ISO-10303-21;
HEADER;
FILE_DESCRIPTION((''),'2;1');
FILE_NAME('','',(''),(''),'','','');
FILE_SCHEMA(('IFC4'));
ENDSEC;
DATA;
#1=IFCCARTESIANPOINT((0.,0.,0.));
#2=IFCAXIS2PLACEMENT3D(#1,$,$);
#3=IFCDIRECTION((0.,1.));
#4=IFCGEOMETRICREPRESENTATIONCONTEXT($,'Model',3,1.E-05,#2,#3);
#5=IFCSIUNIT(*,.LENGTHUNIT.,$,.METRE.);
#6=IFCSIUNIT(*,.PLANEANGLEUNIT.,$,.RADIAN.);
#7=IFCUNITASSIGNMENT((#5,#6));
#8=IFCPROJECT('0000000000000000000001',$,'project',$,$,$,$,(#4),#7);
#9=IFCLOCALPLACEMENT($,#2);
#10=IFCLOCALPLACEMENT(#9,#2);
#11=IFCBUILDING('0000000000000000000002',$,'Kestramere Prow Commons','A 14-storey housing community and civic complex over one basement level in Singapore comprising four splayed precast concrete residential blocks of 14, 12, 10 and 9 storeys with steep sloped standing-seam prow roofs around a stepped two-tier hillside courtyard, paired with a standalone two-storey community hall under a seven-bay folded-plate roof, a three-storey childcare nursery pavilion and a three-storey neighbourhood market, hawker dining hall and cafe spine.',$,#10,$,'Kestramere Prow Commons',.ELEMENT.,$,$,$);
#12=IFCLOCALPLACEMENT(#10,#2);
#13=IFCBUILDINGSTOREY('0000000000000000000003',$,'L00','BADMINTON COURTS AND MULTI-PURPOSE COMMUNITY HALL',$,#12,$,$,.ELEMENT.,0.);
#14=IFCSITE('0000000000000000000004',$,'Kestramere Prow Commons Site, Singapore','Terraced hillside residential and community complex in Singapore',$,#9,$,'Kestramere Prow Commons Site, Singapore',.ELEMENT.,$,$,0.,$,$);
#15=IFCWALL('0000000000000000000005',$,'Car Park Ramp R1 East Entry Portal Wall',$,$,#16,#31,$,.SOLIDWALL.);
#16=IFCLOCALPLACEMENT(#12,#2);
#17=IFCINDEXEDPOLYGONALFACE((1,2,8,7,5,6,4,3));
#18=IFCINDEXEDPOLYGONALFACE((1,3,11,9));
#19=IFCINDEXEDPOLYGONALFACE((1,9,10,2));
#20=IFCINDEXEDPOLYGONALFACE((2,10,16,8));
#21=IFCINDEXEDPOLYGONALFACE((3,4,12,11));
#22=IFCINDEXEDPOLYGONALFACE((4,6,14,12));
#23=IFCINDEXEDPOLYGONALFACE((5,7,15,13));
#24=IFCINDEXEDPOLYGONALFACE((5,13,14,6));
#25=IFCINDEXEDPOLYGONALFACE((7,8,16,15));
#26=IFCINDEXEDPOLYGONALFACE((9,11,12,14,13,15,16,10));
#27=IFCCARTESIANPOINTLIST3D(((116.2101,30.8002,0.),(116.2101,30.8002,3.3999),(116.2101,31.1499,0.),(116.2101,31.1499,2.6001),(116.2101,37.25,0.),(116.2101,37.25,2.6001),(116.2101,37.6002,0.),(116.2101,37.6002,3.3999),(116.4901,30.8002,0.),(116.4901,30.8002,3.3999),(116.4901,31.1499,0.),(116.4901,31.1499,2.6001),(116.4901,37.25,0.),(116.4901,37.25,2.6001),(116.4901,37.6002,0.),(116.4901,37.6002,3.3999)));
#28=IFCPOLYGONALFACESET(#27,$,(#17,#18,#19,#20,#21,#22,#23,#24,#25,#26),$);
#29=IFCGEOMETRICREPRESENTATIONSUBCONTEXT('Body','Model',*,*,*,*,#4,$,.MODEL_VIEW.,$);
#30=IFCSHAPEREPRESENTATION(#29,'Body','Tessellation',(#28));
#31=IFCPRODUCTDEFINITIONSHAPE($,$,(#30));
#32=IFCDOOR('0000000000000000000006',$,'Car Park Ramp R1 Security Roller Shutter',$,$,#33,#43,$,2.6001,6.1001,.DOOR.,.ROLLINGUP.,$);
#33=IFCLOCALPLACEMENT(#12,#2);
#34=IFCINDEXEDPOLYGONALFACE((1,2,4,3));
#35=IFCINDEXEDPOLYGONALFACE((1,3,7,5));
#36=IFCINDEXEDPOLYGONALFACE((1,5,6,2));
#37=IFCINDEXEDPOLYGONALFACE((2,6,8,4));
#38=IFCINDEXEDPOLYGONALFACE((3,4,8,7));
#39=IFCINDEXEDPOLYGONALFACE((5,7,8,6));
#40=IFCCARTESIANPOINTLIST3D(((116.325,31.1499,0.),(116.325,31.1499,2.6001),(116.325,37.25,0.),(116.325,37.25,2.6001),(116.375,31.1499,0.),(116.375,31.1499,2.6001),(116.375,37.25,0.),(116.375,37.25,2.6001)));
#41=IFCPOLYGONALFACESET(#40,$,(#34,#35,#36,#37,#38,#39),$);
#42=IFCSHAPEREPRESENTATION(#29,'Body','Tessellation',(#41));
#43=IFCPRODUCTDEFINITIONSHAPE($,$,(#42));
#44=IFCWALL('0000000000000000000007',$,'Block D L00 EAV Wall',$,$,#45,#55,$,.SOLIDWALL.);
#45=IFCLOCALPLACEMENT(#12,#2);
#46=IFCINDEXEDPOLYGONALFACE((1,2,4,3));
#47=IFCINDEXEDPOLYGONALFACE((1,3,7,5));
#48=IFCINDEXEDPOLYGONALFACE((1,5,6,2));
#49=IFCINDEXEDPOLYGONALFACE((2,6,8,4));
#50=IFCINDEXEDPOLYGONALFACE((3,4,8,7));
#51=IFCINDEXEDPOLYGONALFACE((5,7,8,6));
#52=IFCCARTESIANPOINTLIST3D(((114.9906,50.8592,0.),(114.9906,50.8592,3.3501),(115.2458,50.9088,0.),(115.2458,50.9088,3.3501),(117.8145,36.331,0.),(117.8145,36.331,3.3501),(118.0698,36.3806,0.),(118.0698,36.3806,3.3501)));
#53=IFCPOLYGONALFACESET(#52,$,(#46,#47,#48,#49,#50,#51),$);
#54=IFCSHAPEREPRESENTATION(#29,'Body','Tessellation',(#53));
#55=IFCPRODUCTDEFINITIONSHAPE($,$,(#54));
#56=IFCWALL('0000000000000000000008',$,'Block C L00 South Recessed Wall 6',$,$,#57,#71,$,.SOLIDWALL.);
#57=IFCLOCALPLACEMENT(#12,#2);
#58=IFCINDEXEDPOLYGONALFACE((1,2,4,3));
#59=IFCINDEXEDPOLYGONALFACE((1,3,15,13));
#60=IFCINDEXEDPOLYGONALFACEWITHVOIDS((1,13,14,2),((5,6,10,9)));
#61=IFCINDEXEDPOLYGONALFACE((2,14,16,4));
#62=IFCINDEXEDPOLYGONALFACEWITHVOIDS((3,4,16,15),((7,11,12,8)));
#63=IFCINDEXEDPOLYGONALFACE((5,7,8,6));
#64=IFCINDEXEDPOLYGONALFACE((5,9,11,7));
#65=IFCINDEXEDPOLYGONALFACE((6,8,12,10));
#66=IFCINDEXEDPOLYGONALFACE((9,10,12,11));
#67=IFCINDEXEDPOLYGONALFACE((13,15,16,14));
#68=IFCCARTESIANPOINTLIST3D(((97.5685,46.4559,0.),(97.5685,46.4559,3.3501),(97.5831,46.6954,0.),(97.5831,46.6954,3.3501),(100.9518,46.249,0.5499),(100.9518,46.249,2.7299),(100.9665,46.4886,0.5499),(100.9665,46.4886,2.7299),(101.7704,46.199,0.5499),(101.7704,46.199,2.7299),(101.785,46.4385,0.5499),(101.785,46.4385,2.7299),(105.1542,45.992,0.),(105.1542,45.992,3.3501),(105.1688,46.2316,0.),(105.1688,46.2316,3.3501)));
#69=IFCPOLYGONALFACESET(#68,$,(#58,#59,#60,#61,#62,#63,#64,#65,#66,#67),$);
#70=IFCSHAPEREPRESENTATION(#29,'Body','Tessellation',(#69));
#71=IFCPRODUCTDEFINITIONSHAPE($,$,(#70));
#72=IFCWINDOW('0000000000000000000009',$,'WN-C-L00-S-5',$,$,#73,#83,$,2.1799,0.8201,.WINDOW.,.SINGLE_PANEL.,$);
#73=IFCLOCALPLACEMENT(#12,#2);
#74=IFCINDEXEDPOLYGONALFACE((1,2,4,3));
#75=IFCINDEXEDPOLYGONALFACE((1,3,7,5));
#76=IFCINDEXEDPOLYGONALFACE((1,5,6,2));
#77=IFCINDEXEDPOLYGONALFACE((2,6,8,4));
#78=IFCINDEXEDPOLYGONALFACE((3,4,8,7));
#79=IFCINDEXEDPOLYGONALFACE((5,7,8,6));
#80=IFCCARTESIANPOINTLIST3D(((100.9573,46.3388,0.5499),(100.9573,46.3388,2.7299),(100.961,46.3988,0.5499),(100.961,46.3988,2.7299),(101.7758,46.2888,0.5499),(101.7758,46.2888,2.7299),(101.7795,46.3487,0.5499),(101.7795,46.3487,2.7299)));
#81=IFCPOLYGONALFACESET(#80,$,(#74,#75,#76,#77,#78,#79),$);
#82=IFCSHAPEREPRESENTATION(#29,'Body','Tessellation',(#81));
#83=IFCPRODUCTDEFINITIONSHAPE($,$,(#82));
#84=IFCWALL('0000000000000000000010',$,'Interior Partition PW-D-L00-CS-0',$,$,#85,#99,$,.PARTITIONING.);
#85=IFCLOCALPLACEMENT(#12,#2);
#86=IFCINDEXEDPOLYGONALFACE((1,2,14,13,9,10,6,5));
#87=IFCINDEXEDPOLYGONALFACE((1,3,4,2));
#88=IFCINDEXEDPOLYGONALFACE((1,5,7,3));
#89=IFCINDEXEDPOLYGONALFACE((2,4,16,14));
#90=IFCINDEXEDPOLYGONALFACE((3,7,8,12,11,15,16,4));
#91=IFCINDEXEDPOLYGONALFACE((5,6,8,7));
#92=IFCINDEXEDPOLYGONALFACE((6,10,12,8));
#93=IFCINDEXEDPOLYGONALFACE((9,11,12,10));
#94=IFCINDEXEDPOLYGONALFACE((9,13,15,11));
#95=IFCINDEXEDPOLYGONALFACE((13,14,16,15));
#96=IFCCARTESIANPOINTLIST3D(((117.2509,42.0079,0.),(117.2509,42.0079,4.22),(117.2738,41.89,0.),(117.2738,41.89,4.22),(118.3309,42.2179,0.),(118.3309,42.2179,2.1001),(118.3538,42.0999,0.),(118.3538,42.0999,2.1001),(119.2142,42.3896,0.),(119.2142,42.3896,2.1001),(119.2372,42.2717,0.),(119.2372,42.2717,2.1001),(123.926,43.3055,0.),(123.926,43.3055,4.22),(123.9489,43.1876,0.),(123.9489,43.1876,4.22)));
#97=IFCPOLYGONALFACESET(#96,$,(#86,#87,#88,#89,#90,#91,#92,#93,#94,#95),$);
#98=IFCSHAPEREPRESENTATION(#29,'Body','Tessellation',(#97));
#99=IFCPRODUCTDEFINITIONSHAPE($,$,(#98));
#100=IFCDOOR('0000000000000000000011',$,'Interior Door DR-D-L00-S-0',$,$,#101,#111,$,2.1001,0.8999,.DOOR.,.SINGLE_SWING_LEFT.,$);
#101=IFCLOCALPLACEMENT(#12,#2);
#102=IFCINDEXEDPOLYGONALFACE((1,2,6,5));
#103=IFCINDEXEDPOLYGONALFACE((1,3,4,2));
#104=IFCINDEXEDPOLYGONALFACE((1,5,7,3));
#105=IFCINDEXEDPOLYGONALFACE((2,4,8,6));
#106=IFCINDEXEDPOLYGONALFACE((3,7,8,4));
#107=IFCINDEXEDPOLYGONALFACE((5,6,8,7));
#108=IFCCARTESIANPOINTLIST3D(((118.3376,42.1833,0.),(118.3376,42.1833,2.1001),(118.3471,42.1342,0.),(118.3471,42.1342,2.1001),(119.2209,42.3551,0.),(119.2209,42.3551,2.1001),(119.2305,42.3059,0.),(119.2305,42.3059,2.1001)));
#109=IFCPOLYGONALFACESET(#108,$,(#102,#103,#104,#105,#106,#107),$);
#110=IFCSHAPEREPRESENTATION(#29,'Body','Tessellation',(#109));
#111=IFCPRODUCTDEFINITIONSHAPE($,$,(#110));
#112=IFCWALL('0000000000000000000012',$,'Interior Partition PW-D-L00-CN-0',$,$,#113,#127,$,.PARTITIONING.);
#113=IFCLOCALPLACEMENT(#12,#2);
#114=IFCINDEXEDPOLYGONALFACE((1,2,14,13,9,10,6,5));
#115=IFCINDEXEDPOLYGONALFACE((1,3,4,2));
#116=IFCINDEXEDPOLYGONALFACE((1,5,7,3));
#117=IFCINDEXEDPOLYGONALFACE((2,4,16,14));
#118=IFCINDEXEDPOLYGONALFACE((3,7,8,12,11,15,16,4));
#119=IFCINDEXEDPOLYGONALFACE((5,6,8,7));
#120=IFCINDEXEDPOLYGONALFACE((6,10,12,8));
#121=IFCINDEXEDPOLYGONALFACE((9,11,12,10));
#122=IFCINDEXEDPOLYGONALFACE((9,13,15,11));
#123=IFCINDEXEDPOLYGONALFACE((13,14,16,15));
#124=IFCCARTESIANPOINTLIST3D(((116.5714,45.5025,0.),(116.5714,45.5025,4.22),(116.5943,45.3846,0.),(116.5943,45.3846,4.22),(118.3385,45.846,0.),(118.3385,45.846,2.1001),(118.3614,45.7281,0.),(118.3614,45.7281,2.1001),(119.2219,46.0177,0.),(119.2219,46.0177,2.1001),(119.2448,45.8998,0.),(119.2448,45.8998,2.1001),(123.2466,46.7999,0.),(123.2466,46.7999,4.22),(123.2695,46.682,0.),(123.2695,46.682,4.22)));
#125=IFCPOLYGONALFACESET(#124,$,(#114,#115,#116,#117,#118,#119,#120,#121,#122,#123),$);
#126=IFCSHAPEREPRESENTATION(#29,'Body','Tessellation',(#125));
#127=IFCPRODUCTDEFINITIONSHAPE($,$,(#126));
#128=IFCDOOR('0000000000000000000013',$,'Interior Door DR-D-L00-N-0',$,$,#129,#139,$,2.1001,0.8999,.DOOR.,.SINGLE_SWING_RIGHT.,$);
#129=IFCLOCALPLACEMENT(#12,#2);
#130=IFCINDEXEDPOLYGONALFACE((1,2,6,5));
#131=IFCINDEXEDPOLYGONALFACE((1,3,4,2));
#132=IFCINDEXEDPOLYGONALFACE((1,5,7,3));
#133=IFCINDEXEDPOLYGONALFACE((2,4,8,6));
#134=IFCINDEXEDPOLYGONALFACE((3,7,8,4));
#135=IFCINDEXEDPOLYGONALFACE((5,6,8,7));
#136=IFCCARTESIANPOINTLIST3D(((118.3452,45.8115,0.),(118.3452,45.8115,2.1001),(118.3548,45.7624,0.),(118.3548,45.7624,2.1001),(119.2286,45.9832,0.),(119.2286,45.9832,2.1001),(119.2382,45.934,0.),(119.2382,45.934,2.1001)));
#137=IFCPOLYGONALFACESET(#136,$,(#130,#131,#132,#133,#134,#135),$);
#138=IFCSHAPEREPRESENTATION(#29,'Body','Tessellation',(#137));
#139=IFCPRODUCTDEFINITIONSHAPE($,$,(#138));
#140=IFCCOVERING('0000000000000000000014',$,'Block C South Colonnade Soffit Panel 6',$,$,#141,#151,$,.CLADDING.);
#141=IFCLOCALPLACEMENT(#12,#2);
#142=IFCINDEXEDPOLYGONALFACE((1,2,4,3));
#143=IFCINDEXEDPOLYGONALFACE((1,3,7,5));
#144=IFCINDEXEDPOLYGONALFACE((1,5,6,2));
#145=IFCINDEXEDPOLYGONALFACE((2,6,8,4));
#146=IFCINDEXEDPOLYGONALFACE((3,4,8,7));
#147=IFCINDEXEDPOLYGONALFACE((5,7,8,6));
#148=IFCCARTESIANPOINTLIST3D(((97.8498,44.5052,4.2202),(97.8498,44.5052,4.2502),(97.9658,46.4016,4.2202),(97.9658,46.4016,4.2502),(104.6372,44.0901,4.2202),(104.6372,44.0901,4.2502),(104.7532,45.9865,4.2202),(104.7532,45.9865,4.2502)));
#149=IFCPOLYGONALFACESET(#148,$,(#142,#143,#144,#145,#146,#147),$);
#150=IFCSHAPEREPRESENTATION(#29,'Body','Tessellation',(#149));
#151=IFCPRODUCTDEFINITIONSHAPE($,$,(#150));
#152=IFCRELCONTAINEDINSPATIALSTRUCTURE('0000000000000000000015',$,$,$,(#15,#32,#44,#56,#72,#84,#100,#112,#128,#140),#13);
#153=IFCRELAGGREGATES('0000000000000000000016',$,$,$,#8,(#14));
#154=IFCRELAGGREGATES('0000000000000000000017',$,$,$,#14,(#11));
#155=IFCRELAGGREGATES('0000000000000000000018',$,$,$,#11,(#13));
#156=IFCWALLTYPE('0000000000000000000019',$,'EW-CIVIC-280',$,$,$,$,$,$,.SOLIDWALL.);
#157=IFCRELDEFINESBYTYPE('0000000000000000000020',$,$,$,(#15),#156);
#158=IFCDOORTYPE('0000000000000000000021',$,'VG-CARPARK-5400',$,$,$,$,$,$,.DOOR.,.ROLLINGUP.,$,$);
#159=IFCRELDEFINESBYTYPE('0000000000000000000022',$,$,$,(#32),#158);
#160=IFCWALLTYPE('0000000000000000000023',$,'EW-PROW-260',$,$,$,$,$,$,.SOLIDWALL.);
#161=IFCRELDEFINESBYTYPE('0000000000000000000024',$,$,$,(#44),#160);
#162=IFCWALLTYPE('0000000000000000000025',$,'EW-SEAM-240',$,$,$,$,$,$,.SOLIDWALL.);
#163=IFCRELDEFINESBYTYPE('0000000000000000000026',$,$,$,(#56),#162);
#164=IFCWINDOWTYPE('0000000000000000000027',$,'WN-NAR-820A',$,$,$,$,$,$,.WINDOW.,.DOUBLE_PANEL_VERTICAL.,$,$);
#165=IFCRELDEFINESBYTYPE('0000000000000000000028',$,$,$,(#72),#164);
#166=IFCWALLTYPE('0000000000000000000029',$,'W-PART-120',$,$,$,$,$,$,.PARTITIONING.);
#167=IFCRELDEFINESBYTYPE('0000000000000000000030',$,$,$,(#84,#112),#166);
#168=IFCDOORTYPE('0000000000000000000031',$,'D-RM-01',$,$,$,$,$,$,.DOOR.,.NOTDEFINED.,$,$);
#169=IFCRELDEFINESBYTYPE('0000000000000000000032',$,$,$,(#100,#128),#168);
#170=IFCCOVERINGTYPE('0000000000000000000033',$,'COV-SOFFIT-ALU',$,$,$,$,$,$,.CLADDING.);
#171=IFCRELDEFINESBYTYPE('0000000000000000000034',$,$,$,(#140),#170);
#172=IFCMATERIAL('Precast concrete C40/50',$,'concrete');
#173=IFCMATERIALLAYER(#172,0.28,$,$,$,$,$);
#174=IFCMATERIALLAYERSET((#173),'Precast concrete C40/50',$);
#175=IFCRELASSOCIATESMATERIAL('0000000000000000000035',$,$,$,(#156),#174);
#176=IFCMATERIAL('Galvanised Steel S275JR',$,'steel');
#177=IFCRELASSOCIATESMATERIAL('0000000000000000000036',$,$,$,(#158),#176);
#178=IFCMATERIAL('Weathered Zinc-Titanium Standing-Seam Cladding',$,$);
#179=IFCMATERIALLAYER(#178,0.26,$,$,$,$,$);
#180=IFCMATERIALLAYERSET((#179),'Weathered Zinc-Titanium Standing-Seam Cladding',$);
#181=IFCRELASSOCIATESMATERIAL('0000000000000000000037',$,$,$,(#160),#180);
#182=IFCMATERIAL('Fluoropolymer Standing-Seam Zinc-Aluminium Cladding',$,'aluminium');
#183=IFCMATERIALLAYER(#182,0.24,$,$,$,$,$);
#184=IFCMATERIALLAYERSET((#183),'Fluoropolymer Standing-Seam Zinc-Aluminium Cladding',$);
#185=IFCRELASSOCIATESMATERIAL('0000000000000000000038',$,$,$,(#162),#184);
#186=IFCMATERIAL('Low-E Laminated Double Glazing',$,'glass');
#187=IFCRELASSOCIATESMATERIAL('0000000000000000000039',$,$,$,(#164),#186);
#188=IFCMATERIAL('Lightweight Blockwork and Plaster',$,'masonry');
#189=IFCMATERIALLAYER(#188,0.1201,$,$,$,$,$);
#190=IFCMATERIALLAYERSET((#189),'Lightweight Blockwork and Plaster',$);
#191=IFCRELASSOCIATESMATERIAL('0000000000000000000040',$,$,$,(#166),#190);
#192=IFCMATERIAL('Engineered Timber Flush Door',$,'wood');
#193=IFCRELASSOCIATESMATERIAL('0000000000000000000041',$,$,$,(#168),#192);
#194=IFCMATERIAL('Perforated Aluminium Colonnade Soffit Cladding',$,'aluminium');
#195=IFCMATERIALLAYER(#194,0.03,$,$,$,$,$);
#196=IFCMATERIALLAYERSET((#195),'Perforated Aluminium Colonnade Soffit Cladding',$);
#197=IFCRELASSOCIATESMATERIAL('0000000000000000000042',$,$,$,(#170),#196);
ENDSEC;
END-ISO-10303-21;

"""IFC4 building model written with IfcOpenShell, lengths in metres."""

from ifc_helpers import new_model, si_unit, direction, frame, frame_2d, origin, origin_2d, place, context, subcontext, project, spatial, rectangle, extrude, material, layer, layer_set, type_object, element, fill, save


model = new_model("IFC4")

# Units and contexts
model_context = context("Model", 3, precision=1e-05, world=origin(), true_north=direction((0.0, 1.0)))
body_context = subcontext(model_context, "Body", "Model", "MODEL_VIEW")
ifc_project = project(units=[si_unit("LENGTHUNIT", "METRE"), si_unit("PLANEANGLEUNIT", "RADIAN")], contexts=[model_context])

# Site, building, storey
site_placement = place(None, origin())
site = spatial("IfcSite", under=ifc_project, at=site_placement, Name="Kestramere Prow Commons Site, Singapore", Description="Terraced hillside residential and community complex in Singapore", LongName="Kestramere Prow Commons Site, Singapore", CompositionType="ELEMENT", RefElevation=0.0)
building_placement = place(site_placement, origin())
building = spatial("IfcBuilding", under=site, at=building_placement, Name="Kestramere Prow Commons", Description="A 14-storey housing community and civic complex over one basement level in Singapore comprising four splayed precast concrete residential blocks of 14, 12, 10 and 9 storeys with steep sloped standing-seam prow roofs around a stepped two-tier hillside courtyard, paired with a standalone two-storey community hall under a seven-bay folded-plate roof, a three-storey childcare nursery pavilion and a three-storey neighbourhood market, hawker dining hall and cafe spine.", LongName="Kestramere Prow Commons", CompositionType="ELEMENT")
storey_placement = place(building_placement, origin())
storey = spatial("IfcBuildingStorey", under=building, at=storey_placement, Name="L00", Description="BADMINTON COURTS AND MULTI-PURPOSE COMMUNITY HALL", CompositionType="ELEMENT", Elevation=0.0)

# Shared definitions
ifc_material_1 = material(Name="Precast concrete C40/50", Category="concrete")

# Wall, opening, door
ifc_layer_1 = layer(ifc_material_1, 0.28)
ifc_layer_set_1 = layer_set([ifc_layer_1], Name="Precast concrete C40/50")
wall_type_1 = type_object("IfcWallType", Name="EW-CIVIC-280", PredefinedType="SOLIDWALL", material=ifc_layer_set_1)
wall_1_placement = place(storey_placement, frame((116.3501, 37.6001, 0.0), z_axis=(0.0, 0.0, 1.0), x_axis=(0.0, -1.0, 0.0)))
wall_1 = element("IfcWall", 1, at=wall_1_placement, inside=storey, type_object=wall_type_1, Name="Car Park Ramp R1 East Entry Portal Wall", PredefinedType="SOLIDWALL", context=body_context, shape_type="SweptSolid", body=[
    extrude(rectangle(XDim=6.8, YDim=0.28, at=frame_2d((3.3999, 0.0))), origin(), (0.0, 0.0, 1.0), 3.3999),
])
opening_1_placement = place(wall_1_placement, frame((0.3501, 0.0, 0.0)))
opening_1 = element("IfcOpeningElement", 2, at=opening_1_placement, cuts=wall_1, PredefinedType="OPENING", context=body_context, shape_type="SweptSolid", body=[
    extrude(rectangle(XDim=6.1001, YDim=2.6001, at=frame_2d((3.05, 1.3))), frame((0.0, 0.155, 0.0), z_axis=(0.0, -1.0, 0.0), x_axis=(1.0, 0.0, 0.0)), (0.0, 0.0, 1.0), 0.3101),
])
ifc_material_2 = material(Name="Galvanised Steel S275JR", Category="steel")
door_type_1 = type_object("IfcDoorType", Name="VG-CARPARK-5400", OperationType="ROLLINGUP", PredefinedType="DOOR", material=ifc_material_2)
door_1_placement = place(opening_1_placement, origin())
door_1 = element("IfcDoor", 3, at=door_1_placement, inside=storey, type_object=door_type_1, Name="Car Park Ramp R1 Security Roller Shutter", OperationType="ROLLINGUP", OverallHeight=2.6001, OverallWidth=6.1001, PredefinedType="DOOR", context=body_context, shape_type="SweptSolid", body=[
    extrude(rectangle(XDim=6.1001, YDim=2.6001, at=frame_2d((3.05, 1.3))), frame((0.0, 0.0249, 0.0), z_axis=(0.0, -1.0, 0.0), x_axis=(1.0, 0.0, 0.0)), (0.0, 0.0, 1.0), 0.05),
])
fill(opening_1, door_1)

# Wall
ifc_material_3 = material(Name="Weathered Zinc-Titanium Standing-Seam Cladding")
ifc_layer_2 = layer(ifc_material_3, 0.26)
ifc_layer_set_2 = layer_set([ifc_layer_2], Name="Weathered Zinc-Titanium Standing-Seam Cladding")
wall_type_2 = type_object("IfcWallType", Name="EW-PROW-260", PredefinedType="SOLIDWALL", material=ifc_layer_set_2)
wall_2_placement = place(storey_placement, frame((117.9421, 36.356, 0.0), z_axis=(0.0, 0.0, 1.0), x_axis=(-0.190809, 0.981627, 0.0)))
element("IfcWall", 4, at=wall_2_placement, inside=storey, type_object=wall_type_2, Name="Block D L00 EAV Wall", PredefinedType="SOLIDWALL", context=body_context, shape_type="SweptSolid", body=[
    extrude(rectangle(XDim=14.8, YDim=0.26, at=frame_2d((7.3999, 0.0))), origin(), (0.0, 0.0, 1.0), 3.3501),
])

# Wall, opening, window
ifc_material_4 = material(Name="Fluoropolymer Standing-Seam Zinc-Aluminium Cladding", Category="aluminium")
ifc_layer_3 = layer(ifc_material_4, 0.24)
ifc_layer_set_3 = layer_set([ifc_layer_3], Name="Fluoropolymer Standing-Seam Zinc-Aluminium Cladding")
wall_type_3 = type_object("IfcWallType", Name="EW-SEAM-240", PredefinedType="SOLIDWALL", material=ifc_layer_set_3)
wall_3_placement = place(storey_placement, frame((105.1614, 46.1118, 0.0), z_axis=(0.0, 0.0, 1.0), x_axis=(-0.998136, 0.061036, 0.0)))
wall_3 = element("IfcWall", 5, at=wall_3_placement, inside=storey, type_object=wall_type_3, Name="Block C L00 South Recessed Wall 6", PredefinedType="SOLIDWALL", context=body_context, shape_type="SweptSolid", body=[
    extrude(rectangle(XDim=7.5999, YDim=0.24, at=frame_2d((3.7998, 0.0))), origin(), (0.0, 0.0, 1.0), 3.3501),
])
opening_2_placement = place(wall_3_placement, frame((3.3899, 0.0, 0.55)))
opening_2 = element("IfcOpeningElement", 6, at=opening_2_placement, cuts=wall_3, PredefinedType="OPENING", context=body_context, shape_type="SweptSolid", body=[
    extrude(rectangle(XDim=0.8201, YDim=2.1799, at=frame_2d((0.4102, 1.0898))), frame((0.0, 0.135, 0.0), z_axis=(0.0, -1.0, 0.0), x_axis=(1.0, 0.0, 0.0)), (0.0, 0.0, 1.0), 0.27),
])
ifc_material_5 = material(Name="Low-E Laminated Double Glazing", Category="glass")
window_type = type_object("IfcWindowType", Name="WN-NAR-820A", PartitioningType="DOUBLE_PANEL_VERTICAL", PredefinedType="WINDOW", material=ifc_material_5)
window_placement = place(opening_2_placement, origin())
window = element("IfcWindow", 7, at=window_placement, inside=storey, type_object=window_type, Name="WN-C-L00-S-5", OverallHeight=2.1799, OverallWidth=0.8201, PartitioningType="SINGLE_PANEL", PredefinedType="WINDOW", context=body_context, shape_type="SweptSolid", body=[
    extrude(rectangle(XDim=0.8201, YDim=2.1799, at=frame_2d((0.4102, 1.0898))), frame((0.0, 0.03, 0.0), z_axis=(0.0, -1.0, 0.0), x_axis=(1.0, 0.0, 0.0)), (0.0, 0.0, 1.0), 0.0601),
])
fill(opening_2, window)

# Walls, openings, doors
ifc_material_6 = material(Name="Lightweight Blockwork and Plaster", Category="masonry")
ifc_layer_4 = layer(ifc_material_6, 0.1201)
ifc_layer_set_4 = layer_set([ifc_layer_4], Name="Lightweight Blockwork and Plaster")
wall_type_4 = type_object("IfcWallType", Name="W-PART-120", PredefinedType="PARTITIONING", material=ifc_layer_set_4)
wall_4_placement = place(storey_placement, frame((117.2625, 41.949, 0.0), z_axis=(0.0, 0.0, 1.0), x_axis=(0.981624, 0.190824, 0.0)))
wall_4 = element("IfcWall", 8, at=wall_4_placement, inside=storey, type_object=wall_type_4, Name="Interior Partition PW-D-L00-CS-0", PredefinedType="PARTITIONING", context=body_context, shape_type="SweptSolid", body=[
    extrude(rectangle(XDim=6.8, YDim=0.1201, at=frame_2d((3.3999, 0.0))), origin(), (0.0, 0.0, 1.0), 4.22),
])
opening_3_placement = place(wall_4_placement, frame((1.1001, 0.0, 0.0)))
opening_3 = element("IfcOpeningElement", 9, at=opening_3_placement, cuts=wall_4, PredefinedType="OPENING", context=body_context, shape_type="SweptSolid", body=[
    extrude(rectangle(XDim=0.8999, YDim=2.1001, at=frame_2d((0.45, 1.05))), frame((0.0, 0.075, 0.0), z_axis=(0.0, -1.0, 0.0), x_axis=(1.0, 0.0, 0.0)), (0.0, 0.0, 1.0), 0.1501),
])
ifc_material_7 = material(Name="Engineered Timber Flush Door", Category="wood")
door_type_2 = type_object("IfcDoorType", Name="D-RM-01", OperationType="NOTDEFINED", PredefinedType="DOOR", material=ifc_material_7)
door_2_placement = place(opening_3_placement, origin())
door_2 = element("IfcDoor", 10, at=door_2_placement, inside=storey, type_object=door_type_2, Name="Interior Door DR-D-L00-S-0", OperationType="SINGLE_SWING_LEFT", OverallHeight=2.1001, OverallWidth=0.8999, PredefinedType="DOOR", context=body_context, shape_type="SweptSolid", body=[
    extrude(rectangle(XDim=0.8999, YDim=2.1001, at=frame_2d((0.45, 1.05))), frame((0.0, 0.0249, 0.0), z_axis=(0.0, -1.0, 0.0), x_axis=(1.0, 0.0, 0.0)), (0.0, 0.0, 1.0), 0.05),
])
fill(opening_3, door_2)
wall_5_placement = place(storey_placement, frame((116.583, 45.4436, 0.0), z_axis=(0.0, 0.0, 1.0), x_axis=(0.981631, 0.19079, 0.0)))
wall_5 = element("IfcWall", 11, at=wall_5_placement, inside=storey, type_object=wall_type_4, Name="Interior Partition PW-D-L00-CN-0", PredefinedType="PARTITIONING", context=body_context, shape_type="SweptSolid", body=[
    extrude(rectangle(XDim=6.8, YDim=0.1201, at=frame_2d((3.3999, 0.0))), origin(), (0.0, 0.0, 1.0), 4.22),
])
opening_4_placement = place(wall_5_placement, frame((1.8, 0.0, 0.0)))
opening_4 = element("IfcOpeningElement", 12, at=opening_4_placement, cuts=wall_5, PredefinedType="OPENING", context=body_context, shape_type="SweptSolid", body=[
    extrude(rectangle(XDim=0.8999, YDim=2.1001, at=frame_2d((0.45, 1.05))), frame((0.0, 0.075, 0.0), z_axis=(0.0, -1.0, 0.0), x_axis=(1.0, 0.0, 0.0)), (0.0, 0.0, 1.0), 0.1501),
])
door_3_placement = place(opening_4_placement, origin())
door_3 = element("IfcDoor", 13, at=door_3_placement, inside=storey, type_object=door_type_2, Name="Interior Door DR-D-L00-N-0", OperationType="SINGLE_SWING_RIGHT", OverallHeight=2.1001, OverallWidth=0.8999, PredefinedType="DOOR", context=body_context, shape_type="SweptSolid", body=[
    extrude(rectangle(XDim=0.8999, YDim=2.1001, at=frame_2d((0.45, 1.05))), frame((0.0, 0.0249, 0.0), z_axis=(0.0, -1.0, 0.0), x_axis=(1.0, 0.0, 0.0)), (0.0, 0.0, 1.0), 0.05),
])
fill(opening_4, door_3)

# Covering
ifc_material_8 = material(Name="Perforated Aluminium Colonnade Soffit Cladding", Category="aluminium")
ifc_layer_5 = layer(ifc_material_8, 0.03)
ifc_layer_set_5 = layer_set([ifc_layer_5], Name="Perforated Aluminium Colonnade Soffit Cladding")
covering_type = type_object("IfcCoveringType", Name="COV-SOFFIT-ALU", PredefinedType="CLADDING", material=ifc_layer_set_5)
covering_placement = place(storey_placement, frame((101.3015, 45.2458, 4.2202), z_axis=(0.0, 0.0, 1.0), x_axis=(0.998135, -0.061049, 0.0)))
element("IfcCovering", 14, at=covering_placement, inside=storey, type_object=covering_type, Name="Block C South Colonnade Soffit Panel 6", PredefinedType="CLADDING", context=body_context, shape_type="SweptSolid", body=[
    extrude(rectangle(XDim=6.8, YDim=1.8999, at=origin_2d()), origin(), (0.0, 0.0, 1.0), 0.03),
])

save(model, "model.ifc")
